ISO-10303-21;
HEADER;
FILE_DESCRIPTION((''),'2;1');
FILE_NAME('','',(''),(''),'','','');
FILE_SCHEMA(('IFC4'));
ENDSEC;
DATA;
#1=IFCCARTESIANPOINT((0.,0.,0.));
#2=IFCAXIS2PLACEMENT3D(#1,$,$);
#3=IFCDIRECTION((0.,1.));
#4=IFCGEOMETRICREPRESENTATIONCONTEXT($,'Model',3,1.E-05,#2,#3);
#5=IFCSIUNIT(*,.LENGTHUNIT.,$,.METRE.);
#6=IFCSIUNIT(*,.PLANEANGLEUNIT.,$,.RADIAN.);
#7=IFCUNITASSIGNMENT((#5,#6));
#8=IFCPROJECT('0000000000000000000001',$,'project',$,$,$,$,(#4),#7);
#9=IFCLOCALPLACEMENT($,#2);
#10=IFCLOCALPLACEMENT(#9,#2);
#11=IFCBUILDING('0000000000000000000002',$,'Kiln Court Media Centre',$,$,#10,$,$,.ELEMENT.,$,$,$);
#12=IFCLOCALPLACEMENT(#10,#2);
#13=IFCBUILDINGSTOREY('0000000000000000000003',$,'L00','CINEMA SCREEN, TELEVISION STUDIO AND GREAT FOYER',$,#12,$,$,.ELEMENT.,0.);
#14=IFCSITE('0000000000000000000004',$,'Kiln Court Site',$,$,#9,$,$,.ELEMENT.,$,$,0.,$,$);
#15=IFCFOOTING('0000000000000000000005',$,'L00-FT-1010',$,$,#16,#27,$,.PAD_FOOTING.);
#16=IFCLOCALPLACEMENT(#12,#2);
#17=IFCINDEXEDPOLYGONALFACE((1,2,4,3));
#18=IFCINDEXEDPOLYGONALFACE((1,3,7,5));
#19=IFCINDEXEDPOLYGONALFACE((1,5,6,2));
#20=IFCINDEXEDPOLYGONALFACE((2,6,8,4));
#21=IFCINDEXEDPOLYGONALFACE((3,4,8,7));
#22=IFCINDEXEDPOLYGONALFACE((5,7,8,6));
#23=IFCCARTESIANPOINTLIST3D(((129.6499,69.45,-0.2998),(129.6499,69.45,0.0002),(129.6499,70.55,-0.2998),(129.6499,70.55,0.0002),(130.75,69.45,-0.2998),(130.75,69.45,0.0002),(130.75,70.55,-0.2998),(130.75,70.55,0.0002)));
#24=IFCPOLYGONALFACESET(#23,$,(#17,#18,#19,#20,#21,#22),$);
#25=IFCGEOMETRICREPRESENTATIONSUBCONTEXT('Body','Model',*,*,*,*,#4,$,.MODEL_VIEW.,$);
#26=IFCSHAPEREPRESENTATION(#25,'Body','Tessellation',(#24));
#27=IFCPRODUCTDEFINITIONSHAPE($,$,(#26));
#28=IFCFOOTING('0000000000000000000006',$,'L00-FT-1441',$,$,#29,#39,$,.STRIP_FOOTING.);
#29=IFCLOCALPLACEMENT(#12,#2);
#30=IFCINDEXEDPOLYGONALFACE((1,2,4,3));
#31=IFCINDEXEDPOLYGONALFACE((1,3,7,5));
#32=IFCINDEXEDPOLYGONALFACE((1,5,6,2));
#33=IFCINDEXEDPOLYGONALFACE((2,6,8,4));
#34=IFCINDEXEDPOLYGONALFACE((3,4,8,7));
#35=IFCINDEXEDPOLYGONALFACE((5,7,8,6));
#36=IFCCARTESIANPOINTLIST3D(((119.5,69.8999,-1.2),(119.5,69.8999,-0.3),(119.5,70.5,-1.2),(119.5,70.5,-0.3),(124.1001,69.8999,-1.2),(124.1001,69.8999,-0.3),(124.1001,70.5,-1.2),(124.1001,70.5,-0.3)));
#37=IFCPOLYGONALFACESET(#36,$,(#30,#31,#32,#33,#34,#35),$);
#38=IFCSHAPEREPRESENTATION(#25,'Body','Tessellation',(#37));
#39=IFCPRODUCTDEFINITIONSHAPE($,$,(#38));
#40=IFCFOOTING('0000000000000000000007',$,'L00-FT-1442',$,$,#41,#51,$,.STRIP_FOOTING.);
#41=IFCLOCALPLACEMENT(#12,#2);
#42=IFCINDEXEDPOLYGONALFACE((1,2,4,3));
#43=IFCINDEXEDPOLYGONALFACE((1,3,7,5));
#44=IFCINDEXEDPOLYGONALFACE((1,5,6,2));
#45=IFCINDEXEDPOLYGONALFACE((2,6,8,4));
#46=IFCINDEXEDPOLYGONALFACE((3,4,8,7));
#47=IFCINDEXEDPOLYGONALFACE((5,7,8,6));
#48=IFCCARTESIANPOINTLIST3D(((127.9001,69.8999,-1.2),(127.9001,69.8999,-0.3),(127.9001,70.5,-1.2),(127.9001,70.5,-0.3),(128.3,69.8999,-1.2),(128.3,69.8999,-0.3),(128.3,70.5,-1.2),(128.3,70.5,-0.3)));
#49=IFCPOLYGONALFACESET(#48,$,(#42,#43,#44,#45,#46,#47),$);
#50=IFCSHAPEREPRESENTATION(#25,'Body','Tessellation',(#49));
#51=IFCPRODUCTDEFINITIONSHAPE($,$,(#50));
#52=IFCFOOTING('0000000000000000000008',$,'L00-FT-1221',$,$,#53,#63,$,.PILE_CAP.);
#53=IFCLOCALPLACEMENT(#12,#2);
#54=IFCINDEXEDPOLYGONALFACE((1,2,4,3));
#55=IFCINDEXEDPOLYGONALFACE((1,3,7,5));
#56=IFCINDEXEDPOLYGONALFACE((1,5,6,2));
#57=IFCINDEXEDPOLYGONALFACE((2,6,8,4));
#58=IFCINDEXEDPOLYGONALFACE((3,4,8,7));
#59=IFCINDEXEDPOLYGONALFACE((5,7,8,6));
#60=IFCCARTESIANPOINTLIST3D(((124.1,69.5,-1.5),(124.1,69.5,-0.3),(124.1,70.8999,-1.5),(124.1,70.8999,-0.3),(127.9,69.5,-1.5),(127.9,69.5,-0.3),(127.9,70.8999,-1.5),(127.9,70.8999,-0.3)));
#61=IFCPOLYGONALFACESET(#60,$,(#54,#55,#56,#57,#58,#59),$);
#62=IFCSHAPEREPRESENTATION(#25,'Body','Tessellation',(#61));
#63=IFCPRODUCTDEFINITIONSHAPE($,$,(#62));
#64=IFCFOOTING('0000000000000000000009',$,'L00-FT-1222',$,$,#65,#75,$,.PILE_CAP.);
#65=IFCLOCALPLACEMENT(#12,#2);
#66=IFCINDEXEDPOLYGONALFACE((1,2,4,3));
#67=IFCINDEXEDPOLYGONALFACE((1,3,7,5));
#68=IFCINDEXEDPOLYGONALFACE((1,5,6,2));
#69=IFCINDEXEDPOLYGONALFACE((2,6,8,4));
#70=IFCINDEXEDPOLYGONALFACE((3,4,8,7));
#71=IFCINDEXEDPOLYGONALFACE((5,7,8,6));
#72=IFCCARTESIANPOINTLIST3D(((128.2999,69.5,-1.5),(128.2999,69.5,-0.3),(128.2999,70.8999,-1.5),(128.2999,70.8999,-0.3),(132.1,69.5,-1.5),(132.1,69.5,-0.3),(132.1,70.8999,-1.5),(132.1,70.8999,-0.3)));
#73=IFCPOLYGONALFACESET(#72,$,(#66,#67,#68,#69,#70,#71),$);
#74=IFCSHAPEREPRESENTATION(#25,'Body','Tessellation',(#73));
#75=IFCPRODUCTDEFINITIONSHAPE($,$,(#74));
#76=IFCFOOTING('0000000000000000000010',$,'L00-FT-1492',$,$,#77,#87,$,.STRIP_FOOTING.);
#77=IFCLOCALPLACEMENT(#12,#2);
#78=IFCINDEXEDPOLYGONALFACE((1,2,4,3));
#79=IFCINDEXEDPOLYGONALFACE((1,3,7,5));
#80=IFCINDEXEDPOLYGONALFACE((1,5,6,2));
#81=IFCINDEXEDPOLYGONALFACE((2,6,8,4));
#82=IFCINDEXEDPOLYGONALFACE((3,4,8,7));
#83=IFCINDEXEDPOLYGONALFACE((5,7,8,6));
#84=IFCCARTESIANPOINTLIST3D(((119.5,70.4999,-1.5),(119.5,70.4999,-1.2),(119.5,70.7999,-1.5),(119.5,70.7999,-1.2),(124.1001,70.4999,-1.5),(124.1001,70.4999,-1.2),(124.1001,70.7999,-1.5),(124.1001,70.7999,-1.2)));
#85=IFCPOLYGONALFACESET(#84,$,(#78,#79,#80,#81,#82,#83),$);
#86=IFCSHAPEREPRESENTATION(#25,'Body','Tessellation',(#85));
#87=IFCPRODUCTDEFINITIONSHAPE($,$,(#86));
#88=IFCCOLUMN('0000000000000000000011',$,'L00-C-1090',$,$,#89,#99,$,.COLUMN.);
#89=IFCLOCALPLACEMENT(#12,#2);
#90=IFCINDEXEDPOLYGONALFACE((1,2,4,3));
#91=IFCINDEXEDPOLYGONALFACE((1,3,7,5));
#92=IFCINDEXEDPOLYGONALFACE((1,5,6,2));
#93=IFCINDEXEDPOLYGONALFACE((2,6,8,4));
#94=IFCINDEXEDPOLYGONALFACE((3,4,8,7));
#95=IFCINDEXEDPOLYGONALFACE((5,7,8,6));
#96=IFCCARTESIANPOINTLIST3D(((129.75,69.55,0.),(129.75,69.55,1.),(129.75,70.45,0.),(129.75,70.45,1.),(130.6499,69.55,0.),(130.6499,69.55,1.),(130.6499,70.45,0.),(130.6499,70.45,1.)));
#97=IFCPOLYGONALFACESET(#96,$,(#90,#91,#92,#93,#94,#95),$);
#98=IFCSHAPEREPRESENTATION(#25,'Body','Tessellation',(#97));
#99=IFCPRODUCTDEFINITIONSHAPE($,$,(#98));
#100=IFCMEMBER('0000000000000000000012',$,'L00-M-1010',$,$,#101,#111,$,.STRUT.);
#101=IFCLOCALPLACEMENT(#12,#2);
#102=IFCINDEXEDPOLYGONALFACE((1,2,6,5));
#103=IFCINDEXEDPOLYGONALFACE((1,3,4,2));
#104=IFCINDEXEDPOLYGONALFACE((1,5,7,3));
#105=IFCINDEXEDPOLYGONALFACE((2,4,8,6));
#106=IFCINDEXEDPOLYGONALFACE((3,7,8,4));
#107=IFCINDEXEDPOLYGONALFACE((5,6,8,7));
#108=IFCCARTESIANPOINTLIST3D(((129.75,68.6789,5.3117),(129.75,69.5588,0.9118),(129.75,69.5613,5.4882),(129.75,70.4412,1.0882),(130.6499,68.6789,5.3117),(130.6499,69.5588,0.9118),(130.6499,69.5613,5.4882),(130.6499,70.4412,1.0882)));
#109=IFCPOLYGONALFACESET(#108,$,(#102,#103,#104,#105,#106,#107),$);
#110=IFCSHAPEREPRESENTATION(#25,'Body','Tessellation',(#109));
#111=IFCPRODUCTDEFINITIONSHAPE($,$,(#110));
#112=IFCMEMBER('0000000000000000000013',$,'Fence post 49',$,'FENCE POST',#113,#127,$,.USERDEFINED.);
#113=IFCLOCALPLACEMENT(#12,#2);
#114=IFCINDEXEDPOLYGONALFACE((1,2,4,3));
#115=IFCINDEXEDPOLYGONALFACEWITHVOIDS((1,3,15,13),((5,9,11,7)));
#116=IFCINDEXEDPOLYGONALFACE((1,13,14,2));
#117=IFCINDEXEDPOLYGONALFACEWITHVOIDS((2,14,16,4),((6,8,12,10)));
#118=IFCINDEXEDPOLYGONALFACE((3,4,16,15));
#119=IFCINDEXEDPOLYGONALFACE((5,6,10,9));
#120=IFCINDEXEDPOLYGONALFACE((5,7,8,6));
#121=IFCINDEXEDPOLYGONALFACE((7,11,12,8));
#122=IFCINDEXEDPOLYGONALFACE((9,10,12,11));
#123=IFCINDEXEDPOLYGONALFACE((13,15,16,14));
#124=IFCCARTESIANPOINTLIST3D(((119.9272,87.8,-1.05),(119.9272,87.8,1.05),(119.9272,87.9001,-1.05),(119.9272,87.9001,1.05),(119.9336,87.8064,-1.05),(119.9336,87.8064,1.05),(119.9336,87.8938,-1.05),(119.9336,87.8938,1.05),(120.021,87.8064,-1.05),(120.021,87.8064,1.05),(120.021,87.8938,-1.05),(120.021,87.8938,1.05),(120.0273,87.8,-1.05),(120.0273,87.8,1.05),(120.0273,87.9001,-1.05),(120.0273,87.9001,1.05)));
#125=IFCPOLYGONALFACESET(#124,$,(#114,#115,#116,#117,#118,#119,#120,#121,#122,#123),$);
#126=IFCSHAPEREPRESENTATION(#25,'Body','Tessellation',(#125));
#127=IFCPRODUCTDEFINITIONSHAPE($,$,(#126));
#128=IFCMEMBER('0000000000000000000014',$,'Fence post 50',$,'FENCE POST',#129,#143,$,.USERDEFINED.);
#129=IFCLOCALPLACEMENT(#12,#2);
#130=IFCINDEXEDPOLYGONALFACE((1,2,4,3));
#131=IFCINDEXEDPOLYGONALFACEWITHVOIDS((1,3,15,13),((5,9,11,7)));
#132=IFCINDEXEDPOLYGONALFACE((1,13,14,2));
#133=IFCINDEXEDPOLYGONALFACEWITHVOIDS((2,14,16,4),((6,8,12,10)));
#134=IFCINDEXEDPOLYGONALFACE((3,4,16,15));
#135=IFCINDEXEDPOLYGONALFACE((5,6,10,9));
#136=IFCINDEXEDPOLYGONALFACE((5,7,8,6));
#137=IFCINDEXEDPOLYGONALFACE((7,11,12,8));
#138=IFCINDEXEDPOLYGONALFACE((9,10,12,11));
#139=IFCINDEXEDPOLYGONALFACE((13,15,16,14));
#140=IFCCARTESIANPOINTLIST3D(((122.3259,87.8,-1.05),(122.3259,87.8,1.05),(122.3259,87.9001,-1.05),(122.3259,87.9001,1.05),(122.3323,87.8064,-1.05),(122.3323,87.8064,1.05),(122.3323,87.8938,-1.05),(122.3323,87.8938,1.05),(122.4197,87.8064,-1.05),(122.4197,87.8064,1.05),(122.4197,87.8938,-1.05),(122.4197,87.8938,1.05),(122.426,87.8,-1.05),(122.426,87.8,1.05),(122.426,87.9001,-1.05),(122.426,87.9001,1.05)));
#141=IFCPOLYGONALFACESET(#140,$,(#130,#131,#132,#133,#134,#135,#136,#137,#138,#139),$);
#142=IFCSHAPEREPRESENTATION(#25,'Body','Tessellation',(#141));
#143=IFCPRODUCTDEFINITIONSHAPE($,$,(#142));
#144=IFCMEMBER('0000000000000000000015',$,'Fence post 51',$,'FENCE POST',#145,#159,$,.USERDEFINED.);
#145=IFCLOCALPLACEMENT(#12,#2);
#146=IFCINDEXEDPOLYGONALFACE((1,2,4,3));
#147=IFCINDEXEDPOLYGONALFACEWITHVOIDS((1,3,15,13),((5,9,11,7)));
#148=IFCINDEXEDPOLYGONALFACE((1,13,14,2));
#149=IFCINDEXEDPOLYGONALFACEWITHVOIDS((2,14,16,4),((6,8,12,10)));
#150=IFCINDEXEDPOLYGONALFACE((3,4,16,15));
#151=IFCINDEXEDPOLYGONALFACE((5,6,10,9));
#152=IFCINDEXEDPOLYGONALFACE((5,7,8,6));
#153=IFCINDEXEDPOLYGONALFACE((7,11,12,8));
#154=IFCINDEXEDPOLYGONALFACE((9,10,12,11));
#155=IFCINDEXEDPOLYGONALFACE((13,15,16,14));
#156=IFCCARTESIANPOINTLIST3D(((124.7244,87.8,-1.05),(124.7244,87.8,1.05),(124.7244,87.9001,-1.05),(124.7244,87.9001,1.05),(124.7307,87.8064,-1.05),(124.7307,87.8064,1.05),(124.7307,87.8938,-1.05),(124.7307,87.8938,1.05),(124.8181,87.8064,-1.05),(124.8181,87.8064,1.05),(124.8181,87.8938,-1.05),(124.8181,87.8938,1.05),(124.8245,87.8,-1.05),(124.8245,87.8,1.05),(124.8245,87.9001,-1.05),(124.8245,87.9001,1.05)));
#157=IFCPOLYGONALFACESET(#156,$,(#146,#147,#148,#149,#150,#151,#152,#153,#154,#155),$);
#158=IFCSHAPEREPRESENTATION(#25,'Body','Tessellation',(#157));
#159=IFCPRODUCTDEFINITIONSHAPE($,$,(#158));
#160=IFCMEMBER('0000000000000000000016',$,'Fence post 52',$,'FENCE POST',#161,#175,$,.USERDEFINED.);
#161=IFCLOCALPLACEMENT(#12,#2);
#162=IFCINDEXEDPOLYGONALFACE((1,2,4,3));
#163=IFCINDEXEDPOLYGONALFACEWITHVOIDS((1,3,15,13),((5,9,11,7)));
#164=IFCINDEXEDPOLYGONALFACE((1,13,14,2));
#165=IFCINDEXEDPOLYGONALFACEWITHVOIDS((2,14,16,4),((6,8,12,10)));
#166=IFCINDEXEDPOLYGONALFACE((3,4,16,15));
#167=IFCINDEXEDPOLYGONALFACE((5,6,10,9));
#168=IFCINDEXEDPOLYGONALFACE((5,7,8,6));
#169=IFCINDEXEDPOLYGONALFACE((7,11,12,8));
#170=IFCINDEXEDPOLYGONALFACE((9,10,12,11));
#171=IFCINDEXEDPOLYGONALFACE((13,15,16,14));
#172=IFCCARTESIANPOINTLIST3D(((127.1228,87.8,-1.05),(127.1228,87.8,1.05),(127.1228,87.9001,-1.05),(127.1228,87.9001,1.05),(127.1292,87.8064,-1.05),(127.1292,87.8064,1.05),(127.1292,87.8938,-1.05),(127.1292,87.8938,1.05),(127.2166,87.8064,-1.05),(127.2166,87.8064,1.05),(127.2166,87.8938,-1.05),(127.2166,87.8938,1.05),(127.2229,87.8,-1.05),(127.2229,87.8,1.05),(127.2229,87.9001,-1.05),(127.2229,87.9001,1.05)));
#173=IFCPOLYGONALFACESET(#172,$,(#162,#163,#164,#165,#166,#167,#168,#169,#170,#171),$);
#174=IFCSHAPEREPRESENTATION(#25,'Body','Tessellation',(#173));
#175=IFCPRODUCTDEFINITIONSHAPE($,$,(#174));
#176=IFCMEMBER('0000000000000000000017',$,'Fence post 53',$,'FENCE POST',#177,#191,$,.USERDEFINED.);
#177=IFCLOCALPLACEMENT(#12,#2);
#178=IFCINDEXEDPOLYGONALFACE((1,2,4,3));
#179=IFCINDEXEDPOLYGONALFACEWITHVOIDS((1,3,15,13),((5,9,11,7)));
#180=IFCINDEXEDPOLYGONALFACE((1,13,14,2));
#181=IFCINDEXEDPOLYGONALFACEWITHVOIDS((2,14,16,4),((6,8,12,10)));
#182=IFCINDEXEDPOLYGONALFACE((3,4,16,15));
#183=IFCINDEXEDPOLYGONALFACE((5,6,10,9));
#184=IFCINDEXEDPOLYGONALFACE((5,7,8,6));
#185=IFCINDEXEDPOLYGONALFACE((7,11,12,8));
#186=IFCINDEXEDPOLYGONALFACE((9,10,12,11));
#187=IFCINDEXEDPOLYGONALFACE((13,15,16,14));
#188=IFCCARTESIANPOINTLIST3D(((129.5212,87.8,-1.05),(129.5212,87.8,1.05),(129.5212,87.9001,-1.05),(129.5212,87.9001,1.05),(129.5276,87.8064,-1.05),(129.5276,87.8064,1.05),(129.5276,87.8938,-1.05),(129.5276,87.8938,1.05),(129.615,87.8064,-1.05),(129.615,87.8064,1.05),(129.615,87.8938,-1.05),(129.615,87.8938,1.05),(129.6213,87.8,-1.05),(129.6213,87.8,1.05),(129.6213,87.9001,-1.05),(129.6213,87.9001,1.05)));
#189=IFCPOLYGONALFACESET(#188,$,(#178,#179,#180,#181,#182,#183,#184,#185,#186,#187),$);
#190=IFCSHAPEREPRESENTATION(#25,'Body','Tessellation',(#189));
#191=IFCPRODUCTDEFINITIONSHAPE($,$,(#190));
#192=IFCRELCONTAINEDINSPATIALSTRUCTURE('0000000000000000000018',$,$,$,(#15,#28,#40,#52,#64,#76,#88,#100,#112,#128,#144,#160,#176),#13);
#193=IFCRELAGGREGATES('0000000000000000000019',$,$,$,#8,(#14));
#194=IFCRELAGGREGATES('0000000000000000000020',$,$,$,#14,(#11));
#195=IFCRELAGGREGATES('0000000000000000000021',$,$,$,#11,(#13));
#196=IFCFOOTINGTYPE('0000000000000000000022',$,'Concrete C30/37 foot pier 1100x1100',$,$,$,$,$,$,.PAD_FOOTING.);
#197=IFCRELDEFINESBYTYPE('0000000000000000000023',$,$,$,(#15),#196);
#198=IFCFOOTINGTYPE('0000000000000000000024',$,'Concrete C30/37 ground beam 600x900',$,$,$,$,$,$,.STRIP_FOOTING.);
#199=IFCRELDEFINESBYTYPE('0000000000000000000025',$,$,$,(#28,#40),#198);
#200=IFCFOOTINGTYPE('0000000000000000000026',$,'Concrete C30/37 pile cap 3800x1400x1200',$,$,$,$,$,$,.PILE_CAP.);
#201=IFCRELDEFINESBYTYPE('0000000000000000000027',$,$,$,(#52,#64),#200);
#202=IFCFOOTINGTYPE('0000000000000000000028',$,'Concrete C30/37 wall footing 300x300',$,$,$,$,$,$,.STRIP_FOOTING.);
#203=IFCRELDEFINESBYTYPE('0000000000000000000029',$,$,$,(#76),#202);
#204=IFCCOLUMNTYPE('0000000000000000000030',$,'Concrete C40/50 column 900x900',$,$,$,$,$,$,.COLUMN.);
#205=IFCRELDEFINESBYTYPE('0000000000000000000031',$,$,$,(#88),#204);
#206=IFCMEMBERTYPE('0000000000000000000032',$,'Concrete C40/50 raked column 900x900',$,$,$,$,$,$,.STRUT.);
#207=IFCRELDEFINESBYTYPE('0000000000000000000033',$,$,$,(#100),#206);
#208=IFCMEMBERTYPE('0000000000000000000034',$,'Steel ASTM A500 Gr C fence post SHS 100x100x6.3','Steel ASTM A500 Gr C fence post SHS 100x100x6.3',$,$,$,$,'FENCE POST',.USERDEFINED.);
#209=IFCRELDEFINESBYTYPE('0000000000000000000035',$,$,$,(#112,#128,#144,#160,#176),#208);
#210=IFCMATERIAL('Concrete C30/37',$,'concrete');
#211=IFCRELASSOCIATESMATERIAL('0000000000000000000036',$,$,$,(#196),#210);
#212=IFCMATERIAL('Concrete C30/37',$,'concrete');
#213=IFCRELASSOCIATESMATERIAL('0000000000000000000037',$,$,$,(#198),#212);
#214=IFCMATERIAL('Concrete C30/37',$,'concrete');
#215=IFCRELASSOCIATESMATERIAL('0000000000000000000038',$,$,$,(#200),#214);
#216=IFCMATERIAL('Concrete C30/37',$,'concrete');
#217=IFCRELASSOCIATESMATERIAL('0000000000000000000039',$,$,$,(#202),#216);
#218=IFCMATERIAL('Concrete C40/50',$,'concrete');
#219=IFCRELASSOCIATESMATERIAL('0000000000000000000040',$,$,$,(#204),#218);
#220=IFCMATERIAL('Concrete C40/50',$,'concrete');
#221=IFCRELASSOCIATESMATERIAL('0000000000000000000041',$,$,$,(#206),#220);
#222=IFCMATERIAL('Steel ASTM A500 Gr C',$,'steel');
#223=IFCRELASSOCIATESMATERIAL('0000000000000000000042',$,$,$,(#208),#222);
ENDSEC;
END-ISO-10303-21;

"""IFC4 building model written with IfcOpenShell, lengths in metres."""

from ifc_helpers import new_model, si_unit, direction, frame, origin, origin_2d, place, context, subcontext, project, spatial, rectangle, hollow_rectangle, extrude, material, material_profile, profile_set, type_object, element, save


model = new_model("IFC4")

# Units and contexts
model_context = context("Model", 3, precision=1e-05, world=origin(), true_north=direction((0.0, 1.0)))
body_context = subcontext(model_context, "Body", "Model", "MODEL_VIEW")
ifc_project = project(units=[si_unit("LENGTHUNIT", "METRE"), si_unit("PLANEANGLEUNIT", "RADIAN")], contexts=[model_context])

# Site, building, storey
site_placement = place(None, origin())
site = spatial("IfcSite", under=ifc_project, at=site_placement, Name="Kiln Court Site", CompositionType="ELEMENT", RefElevation=0.0)
building_placement = place(site_placement, origin())
building = spatial("IfcBuilding", under=site, at=building_placement, Name="Kiln Court Media Centre", CompositionType="ELEMENT")
storey_placement = place(building_placement, origin())
storey = spatial("IfcBuildingStorey", under=building, at=storey_placement, Name="L00", Description="CINEMA SCREEN, TELEVISION STUDIO AND GREAT FOYER", CompositionType="ELEMENT", Elevation=0.0)

# Footings
ifc_material_1 = material(Name="Concrete C30/37", Category="concrete")
footing_type_1 = type_object("IfcFootingType", Name="Concrete C30/37 foot pier 1100x1100", PredefinedType="PAD_FOOTING", material=ifc_material_1)
footing_1_placement = place(storey_placement, frame((130.2, 70.0, -0.2998), z_axis=(0.0, 0.0, 1.0), x_axis=(1.0, 0.0, 0.0)))
element("IfcFooting", 1, at=footing_1_placement, inside=storey, type_object=footing_type_1, Name="L00-FT-1010", PredefinedType="PAD_FOOTING", context=body_context, shape_type="SweptSolid", body=[
    extrude(rectangle(XDim=1.1001, YDim=1.1001, at=origin_2d()), origin(), (0.0, 0.0, 1.0), 0.3),
])
ifc_material_2 = material(Name="Concrete C30/37", Category="concrete")
footing_type_2 = type_object("IfcFootingType", Name="Concrete C30/37 ground beam 600x900", PredefinedType="STRIP_FOOTING", material=ifc_material_2)
footing_2_placement = place(storey_placement, frame((121.8, 70.2, -1.2), z_axis=(0.0, 0.0, 1.0), x_axis=(1.0, 0.0, 0.0)))
element("IfcFooting", 2, at=footing_2_placement, inside=storey, type_object=footing_type_2, Name="L00-FT-1441", PredefinedType="STRIP_FOOTING", context=body_context, shape_type="SweptSolid", body=[
    extrude(rectangle(XDim=4.6001, YDim=0.6001, at=origin_2d()), origin(), (0.0, 0.0, 1.0), 0.8999),
])
footing_3_placement = place(storey_placement, frame((128.1001, 70.2, -1.2), z_axis=(0.0, 0.0, 1.0), x_axis=(1.0, 0.0, 0.0)))
element("IfcFooting", 3, at=footing_3_placement, inside=storey, type_object=footing_type_2, Name="L00-FT-1442", PredefinedType="STRIP_FOOTING", context=body_context, shape_type="SweptSolid", body=[
    extrude(rectangle(XDim=0.3999, YDim=0.6001, at=origin_2d()), origin(), (0.0, 0.0, 1.0), 0.8999),
])
ifc_material_3 = material(Name="Concrete C30/37", Category="concrete")
footing_type_3 = type_object("IfcFootingType", Name="Concrete C30/37 pile cap 3800x1400x1200", PredefinedType="PILE_CAP", material=ifc_material_3)
for number, where, z_axis, x_axis, name in (
    (4, (126.0, 70.2, -1.5), (0.0, 0.0, 1.0), (1.0, 0.0, 0.0), "L00-FT-1221"),
    (5, (130.2, 70.2, -1.5), (0.0, 0.0, 1.0), (1.0, 0.0, 0.0), "L00-FT-1222"),
):
    element("IfcFooting", number, at=place(storey_placement, frame(where, z_axis=z_axis, x_axis=x_axis)), inside=storey, type_object=footing_type_3, Name=name, PredefinedType="PILE_CAP", context=body_context, shape_type="SweptSolid", body=[
        extrude(rectangle(XDim=3.8, YDim=1.3999, at=origin_2d()), origin(), (0.0, 0.0, 1.0), 1.2),
    ])
ifc_material_4 = material(Name="Concrete C30/37", Category="concrete")
footing_type_4 = type_object("IfcFootingType", Name="Concrete C30/37 wall footing 300x300", PredefinedType="STRIP_FOOTING", material=ifc_material_4)
footing_4_placement = place(storey_placement, frame((121.8, 70.6499, -1.5), z_axis=(0.0, 0.0, 1.0), x_axis=(1.0, 0.0, 0.0)))
element("IfcFooting", 6, at=footing_4_placement, inside=storey, type_object=footing_type_4, Name="L00-FT-1492", PredefinedType="STRIP_FOOTING", context=body_context, shape_type="SweptSolid", body=[
    extrude(rectangle(XDim=4.6001, YDim=0.3, at=origin_2d()), origin(), (0.0, 0.0, 1.0), 0.3),
])

# Column
ifc_material_5 = material(Name="Concrete C40/50", Category="concrete")
ifc_material_profile_1 = material_profile(ifc_material_5, rectangle(XDim=0.8999, YDim=0.8999, at=origin_2d()), Name="RC 900x900")
ifc_profile_set_1 = profile_set([ifc_material_profile_1], Name="Concrete C40/50")
column_type = type_object("IfcColumnType", Name="Concrete C40/50 column 900x900", PredefinedType="COLUMN", material=ifc_profile_set_1)
column_placement = place(storey_placement, frame((130.2, 70.0, 0.0), z_axis=(0.0, 0.0, 1.0), x_axis=(1.0, 0.0, 0.0)))
element("IfcColumn", 7, at=column_placement, inside=storey, type_object=column_type, Name="L00-C-1090", PredefinedType="COLUMN", context=body_context, shape_type="SweptSolid", body=[
    extrude(rectangle(XDim=0.8999, YDim=0.8999, at=origin_2d()), origin(), (0.0, 0.0, 1.0), 1.0),
])

# Members
ifc_material_6 = material(Name="Concrete C40/50", Category="concrete")
ifc_material_profile_2 = material_profile(ifc_material_6, rectangle(XDim=0.8999, YDim=0.8999, at=origin_2d()), Name="RC 900x900")
ifc_profile_set_2 = profile_set([ifc_material_profile_2], Name="Concrete C40/50")
member_type_1 = type_object("IfcMemberType", Name="Concrete C40/50 raked column 900x900", PredefinedType="STRUT", material=ifc_profile_set_2)
member_placement = place(storey_placement, frame((130.2, 70.0, 1.0), z_axis=(0.0, -0.196095, 0.980585), x_axis=(1.0, 0.0, 0.0)))
element("IfcMember", 8, at=member_placement, inside=storey, type_object=member_type_1, Name="L00-M-1010", PredefinedType="STRUT", context=body_context, shape_type="SweptSolid", body=[
    extrude(rectangle(XDim=0.8999, YDim=0.8999, at=origin_2d()), origin(), (0.0, 0.0, 1.0), 4.4871),
])
ifc_material_7 = material(Name="Steel ASTM A500 Gr C", Category="steel")
ifc_material_profile_3 = material_profile(ifc_material_7, hollow_rectangle(XDim=0.1001, YDim=0.1001, WallThickness=0.0063, at=origin_2d()), Name="SHS 100x100x6.3")
ifc_profile_set_3 = profile_set([ifc_material_profile_3], Name="Steel ASTM A500 Gr C")
member_type_2 = type_object("IfcMemberType", Name="Steel ASTM A500 Gr C fence post SHS 100x100x6.3", Description="Steel ASTM A500 Gr C fence post SHS 100x100x6.3", ElementType="FENCE POST", PredefinedType="USERDEFINED", material=ifc_profile_set_3)
for number, where, z_axis, x_axis, name in (
    (9, (119.9773, 87.8501, -1.05), (0.0, 0.0, 1.0), (1.0, 0.0, 0.0), "Fence post 49"),
    (10, (122.376, 87.8501, -1.05), (0.0, 0.0, 1.0), (1.0, 0.0, 0.0), "Fence post 50"),
    (11, (124.7744, 87.8501, -1.05), (0.0, 0.0, 1.0), (1.0, 0.0, 0.0), "Fence post 51"),
    (12, (127.1729, 87.8501, -1.05), (0.0, 0.0, 1.0), (1.0, 0.0, 0.0), "Fence post 52"),
    (13, (129.5713, 87.8501, -1.05), (0.0, 0.0, 1.0), (1.0, 0.0, 0.0), "Fence post 53"),
):
    element("IfcMember", number, at=place(storey_placement, frame(where, z_axis=z_axis, x_axis=x_axis)), inside=storey, type_object=member_type_2, Name=name, ObjectType="FENCE POST", PredefinedType="USERDEFINED", context=body_context, shape_type="SweptSolid", body=[
        extrude(hollow_rectangle(XDim=0.1001, YDim=0.1001, WallThickness=0.0063, at=origin_2d()), origin(), (0.0, 0.0, 1.0), 2.1001),
    ])

save(model, "model.ifc")
